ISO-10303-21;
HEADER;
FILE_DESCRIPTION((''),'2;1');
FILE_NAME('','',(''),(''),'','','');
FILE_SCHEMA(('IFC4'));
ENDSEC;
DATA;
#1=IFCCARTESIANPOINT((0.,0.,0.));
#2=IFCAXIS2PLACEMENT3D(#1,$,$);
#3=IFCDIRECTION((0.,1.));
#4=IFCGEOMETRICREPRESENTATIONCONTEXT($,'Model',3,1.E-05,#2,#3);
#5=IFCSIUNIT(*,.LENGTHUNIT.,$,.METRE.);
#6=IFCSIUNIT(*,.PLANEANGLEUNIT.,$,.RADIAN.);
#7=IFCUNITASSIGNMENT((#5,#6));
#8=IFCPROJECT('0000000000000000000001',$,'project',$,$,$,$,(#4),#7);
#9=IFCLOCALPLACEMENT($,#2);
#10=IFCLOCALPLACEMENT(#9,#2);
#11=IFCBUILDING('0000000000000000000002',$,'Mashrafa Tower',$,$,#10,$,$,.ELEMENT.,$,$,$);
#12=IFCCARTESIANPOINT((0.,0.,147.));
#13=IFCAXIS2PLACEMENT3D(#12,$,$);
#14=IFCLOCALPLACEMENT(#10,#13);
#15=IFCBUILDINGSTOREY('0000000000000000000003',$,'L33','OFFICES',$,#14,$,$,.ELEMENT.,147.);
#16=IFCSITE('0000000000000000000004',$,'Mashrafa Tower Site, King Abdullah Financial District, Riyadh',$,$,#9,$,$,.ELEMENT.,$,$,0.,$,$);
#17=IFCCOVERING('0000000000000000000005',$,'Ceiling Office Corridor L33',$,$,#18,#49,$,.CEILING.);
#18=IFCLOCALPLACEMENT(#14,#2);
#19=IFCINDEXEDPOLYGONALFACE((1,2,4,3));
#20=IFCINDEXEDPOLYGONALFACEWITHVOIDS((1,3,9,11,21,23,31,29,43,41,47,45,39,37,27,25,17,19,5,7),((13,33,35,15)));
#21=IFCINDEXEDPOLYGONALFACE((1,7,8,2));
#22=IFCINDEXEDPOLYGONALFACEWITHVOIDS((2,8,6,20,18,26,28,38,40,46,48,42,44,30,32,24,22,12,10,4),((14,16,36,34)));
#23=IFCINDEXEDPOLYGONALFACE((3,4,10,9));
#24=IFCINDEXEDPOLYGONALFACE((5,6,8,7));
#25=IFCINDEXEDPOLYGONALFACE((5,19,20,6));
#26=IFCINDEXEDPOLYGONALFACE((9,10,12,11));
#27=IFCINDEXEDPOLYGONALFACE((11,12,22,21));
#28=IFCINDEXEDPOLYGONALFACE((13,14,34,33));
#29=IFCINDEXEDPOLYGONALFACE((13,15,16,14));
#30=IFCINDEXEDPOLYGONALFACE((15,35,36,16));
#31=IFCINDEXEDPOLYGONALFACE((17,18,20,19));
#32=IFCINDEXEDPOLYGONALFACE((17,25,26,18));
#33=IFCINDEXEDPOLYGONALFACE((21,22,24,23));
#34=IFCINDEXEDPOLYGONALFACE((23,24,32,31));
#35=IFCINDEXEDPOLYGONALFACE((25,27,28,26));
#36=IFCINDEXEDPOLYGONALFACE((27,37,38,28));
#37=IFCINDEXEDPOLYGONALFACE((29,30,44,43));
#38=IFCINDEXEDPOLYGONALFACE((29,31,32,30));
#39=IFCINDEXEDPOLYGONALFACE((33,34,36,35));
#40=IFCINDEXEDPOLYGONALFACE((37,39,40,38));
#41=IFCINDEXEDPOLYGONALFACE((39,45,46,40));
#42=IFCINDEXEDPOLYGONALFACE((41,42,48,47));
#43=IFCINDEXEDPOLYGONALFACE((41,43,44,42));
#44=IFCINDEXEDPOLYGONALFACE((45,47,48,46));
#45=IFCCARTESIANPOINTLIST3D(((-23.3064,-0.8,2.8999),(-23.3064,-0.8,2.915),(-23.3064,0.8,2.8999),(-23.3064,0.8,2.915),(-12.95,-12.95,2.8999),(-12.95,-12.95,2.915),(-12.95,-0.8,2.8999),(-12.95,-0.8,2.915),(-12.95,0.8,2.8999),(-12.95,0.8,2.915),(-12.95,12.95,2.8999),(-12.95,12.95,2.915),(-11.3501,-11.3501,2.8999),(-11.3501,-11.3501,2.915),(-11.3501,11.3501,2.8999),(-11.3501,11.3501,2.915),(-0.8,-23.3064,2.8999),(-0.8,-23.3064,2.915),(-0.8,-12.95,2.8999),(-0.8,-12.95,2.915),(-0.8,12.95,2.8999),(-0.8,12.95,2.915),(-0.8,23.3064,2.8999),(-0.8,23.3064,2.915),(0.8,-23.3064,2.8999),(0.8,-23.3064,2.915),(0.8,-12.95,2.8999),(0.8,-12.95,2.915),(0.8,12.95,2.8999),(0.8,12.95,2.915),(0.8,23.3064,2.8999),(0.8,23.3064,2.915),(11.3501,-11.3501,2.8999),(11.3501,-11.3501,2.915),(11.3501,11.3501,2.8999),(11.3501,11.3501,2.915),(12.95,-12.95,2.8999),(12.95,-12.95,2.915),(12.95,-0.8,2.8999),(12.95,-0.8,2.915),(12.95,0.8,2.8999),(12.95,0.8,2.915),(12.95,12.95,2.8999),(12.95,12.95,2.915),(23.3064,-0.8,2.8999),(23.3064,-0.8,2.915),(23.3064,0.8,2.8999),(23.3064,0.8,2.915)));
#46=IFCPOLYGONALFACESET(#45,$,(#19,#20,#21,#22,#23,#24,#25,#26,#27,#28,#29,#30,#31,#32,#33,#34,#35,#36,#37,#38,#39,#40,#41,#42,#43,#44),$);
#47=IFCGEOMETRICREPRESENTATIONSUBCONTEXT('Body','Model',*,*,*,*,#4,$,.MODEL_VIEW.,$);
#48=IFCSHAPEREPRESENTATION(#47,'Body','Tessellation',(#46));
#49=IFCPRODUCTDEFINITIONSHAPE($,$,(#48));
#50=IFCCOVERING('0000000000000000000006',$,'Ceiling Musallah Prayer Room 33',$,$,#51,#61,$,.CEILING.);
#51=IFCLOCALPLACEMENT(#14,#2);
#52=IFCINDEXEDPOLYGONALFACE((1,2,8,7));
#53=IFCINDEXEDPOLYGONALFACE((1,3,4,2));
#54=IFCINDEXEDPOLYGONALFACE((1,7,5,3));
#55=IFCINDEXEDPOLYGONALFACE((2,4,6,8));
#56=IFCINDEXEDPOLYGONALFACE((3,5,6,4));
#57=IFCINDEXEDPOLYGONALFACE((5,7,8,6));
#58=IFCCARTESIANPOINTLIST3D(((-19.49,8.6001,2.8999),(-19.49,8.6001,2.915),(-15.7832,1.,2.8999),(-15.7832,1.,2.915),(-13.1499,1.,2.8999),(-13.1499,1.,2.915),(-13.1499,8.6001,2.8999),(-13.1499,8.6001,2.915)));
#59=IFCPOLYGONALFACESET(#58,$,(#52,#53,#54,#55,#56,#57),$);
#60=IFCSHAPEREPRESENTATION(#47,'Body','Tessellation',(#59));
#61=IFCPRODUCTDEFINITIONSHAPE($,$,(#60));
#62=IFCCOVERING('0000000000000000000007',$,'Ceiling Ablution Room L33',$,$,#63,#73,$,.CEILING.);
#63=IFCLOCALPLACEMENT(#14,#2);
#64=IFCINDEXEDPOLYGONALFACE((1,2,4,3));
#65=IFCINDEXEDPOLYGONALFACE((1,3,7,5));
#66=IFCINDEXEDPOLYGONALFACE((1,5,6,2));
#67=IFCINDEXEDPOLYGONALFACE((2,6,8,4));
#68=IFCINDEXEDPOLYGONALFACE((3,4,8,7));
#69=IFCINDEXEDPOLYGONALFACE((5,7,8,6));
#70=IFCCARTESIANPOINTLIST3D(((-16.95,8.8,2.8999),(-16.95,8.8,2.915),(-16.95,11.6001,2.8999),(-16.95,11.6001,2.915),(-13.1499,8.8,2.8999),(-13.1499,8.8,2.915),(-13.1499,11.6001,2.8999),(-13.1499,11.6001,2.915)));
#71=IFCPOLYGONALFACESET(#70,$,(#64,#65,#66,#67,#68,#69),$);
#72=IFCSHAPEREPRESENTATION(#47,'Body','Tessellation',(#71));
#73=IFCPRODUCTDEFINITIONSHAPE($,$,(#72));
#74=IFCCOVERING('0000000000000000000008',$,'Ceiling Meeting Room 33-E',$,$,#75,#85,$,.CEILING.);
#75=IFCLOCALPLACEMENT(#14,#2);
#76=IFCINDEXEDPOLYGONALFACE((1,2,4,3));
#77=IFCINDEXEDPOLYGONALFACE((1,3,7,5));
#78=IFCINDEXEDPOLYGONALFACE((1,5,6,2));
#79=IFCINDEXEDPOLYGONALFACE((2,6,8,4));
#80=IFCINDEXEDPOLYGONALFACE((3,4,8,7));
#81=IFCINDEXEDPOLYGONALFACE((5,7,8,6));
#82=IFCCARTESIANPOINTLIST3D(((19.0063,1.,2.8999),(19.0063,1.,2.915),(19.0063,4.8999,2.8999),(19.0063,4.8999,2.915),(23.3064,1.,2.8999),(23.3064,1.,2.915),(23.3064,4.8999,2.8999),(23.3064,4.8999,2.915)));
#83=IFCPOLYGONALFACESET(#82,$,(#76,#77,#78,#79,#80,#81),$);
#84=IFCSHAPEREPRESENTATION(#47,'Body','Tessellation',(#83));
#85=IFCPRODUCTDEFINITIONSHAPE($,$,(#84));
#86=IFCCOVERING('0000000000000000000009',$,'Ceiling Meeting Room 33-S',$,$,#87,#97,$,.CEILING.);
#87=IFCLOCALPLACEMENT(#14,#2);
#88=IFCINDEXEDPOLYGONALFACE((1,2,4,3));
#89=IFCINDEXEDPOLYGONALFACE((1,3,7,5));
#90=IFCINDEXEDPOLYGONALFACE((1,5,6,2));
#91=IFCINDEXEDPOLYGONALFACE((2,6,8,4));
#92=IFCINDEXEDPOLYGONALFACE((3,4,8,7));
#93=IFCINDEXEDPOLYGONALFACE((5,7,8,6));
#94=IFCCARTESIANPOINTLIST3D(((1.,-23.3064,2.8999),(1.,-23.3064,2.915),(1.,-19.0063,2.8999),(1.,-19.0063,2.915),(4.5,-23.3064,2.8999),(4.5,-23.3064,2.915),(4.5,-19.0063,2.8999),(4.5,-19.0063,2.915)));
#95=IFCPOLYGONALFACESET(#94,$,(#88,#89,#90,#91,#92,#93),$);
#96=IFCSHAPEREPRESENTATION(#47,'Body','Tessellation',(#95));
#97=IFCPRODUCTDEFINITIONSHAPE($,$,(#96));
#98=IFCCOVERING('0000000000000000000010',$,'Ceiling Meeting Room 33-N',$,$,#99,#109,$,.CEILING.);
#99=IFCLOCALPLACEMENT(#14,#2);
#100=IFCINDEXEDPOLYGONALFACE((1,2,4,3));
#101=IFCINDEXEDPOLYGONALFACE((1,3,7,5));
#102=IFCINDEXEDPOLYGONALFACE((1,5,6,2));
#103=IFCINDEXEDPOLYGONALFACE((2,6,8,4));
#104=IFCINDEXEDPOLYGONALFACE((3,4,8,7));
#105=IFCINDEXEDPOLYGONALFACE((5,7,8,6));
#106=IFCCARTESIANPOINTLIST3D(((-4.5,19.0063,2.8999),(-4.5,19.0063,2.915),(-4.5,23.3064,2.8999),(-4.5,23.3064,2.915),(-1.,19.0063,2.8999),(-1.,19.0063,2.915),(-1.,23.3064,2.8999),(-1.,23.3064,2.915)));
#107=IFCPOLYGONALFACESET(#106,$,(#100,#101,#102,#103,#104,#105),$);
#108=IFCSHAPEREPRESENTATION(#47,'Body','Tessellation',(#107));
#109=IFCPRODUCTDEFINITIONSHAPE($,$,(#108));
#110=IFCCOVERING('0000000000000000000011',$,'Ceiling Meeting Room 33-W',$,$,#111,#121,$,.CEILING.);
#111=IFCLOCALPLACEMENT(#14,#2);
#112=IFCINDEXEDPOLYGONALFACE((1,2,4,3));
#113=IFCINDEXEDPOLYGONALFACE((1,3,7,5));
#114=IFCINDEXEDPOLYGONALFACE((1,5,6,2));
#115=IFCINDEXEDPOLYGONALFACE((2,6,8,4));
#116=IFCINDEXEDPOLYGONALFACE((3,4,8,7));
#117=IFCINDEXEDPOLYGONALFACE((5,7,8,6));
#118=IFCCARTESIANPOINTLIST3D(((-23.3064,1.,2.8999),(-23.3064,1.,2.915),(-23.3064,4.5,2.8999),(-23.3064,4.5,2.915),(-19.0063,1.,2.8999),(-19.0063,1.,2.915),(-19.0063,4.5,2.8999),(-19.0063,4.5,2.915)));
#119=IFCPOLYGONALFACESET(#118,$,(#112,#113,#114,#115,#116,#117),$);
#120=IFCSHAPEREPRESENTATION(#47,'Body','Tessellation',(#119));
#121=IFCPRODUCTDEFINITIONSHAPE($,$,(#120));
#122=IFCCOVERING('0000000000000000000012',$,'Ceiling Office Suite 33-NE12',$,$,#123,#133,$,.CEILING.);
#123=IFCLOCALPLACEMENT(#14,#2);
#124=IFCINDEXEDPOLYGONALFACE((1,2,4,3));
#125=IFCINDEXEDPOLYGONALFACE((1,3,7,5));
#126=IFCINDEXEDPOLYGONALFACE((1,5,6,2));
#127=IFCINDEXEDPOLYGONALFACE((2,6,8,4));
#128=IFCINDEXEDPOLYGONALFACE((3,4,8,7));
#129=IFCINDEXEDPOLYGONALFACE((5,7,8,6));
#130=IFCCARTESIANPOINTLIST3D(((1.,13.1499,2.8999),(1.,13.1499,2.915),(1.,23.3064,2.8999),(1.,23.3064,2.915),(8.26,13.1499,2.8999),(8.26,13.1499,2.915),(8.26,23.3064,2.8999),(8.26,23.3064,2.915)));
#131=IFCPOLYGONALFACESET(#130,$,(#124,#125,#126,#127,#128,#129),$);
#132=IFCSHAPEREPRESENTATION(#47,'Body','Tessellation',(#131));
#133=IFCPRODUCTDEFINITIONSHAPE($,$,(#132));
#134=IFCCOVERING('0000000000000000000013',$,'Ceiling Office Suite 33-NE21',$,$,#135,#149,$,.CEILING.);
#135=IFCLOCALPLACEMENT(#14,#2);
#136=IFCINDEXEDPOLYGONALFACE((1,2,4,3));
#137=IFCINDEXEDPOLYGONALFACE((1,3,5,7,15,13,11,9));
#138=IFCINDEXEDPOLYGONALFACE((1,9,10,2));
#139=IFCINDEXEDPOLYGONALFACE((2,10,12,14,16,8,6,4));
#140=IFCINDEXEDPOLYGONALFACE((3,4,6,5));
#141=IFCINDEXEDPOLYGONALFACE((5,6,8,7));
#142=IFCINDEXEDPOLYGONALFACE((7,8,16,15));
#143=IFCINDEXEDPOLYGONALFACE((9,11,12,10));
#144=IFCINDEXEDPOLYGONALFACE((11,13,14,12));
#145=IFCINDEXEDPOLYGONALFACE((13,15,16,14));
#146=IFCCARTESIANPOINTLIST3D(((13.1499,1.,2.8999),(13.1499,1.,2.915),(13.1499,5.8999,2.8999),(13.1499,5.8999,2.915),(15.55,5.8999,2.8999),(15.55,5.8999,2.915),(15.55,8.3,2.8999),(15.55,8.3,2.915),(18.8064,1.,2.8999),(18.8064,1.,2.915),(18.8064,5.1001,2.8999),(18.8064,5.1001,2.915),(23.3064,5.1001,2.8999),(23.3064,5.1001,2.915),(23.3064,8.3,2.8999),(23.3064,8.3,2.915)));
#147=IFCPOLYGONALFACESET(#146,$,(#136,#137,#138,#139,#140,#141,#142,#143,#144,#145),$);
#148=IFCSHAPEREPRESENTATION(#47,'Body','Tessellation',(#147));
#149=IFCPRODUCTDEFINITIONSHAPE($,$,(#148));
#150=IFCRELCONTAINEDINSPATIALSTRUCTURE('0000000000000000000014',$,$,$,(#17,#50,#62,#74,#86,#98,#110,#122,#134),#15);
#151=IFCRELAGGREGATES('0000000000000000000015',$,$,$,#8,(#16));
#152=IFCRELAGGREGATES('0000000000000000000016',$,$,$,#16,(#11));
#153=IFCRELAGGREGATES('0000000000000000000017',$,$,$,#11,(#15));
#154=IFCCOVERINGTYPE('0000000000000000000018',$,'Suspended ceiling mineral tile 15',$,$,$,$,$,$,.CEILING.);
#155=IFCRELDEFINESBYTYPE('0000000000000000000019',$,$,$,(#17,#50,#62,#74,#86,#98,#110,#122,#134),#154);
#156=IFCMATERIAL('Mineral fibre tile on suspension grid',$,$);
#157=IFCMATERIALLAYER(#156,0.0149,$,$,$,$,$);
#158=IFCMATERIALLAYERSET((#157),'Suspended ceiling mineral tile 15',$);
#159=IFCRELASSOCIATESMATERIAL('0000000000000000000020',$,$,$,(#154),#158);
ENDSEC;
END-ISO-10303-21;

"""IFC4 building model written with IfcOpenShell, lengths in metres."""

from ifc_helpers import new_model, si_unit, direction, frame, origin, place, context, subcontext, project, spatial, polyline, outline, extrude, material, layer, layer_set, type_object, element, save


model = new_model("IFC4")

# Units and contexts
model_context = context("Model", 3, precision=1e-05, world=origin(), true_north=direction((0.0, 1.0)))
body_context = subcontext(model_context, "Body", "Model", "MODEL_VIEW")
ifc_project = project(units=[si_unit("LENGTHUNIT", "METRE"), si_unit("PLANEANGLEUNIT", "RADIAN")], contexts=[model_context])

# Site, building, storey
site_placement = place(None, origin())
site = spatial("IfcSite", under=ifc_project, at=site_placement, Name="Mashrafa Tower Site, King Abdullah Financial District, Riyadh", CompositionType="ELEMENT", RefElevation=0.0)
building_placement = place(site_placement, origin())
building = spatial("IfcBuilding", under=site, at=building_placement, Name="Mashrafa Tower", CompositionType="ELEMENT")
storey_placement = place(building_placement, frame((0.0, 0.0, 147.0)))
storey = spatial("IfcBuildingStorey", under=building, at=storey_placement, Name="L33", Description="OFFICES", CompositionType="ELEMENT", Elevation=147.0)

# Coverings
ifc_material_1 = material(Name="Mineral fibre tile on suspension grid")
ifc_layer_1 = layer(ifc_material_1, 0.0149)
ifc_layer_set_1 = layer_set([ifc_layer_1], Name="Suspended ceiling mineral tile 15")
covering_type_1 = type_object("IfcCoveringType", Name="Suspended ceiling mineral tile 15", PredefinedType="CEILING", material=ifc_layer_set_1)
covering_1_placement = place(storey_placement, frame((0.0, 0.0, 2.8999)))
element("IfcCovering", 1, at=covering_1_placement, inside=storey, type_object=covering_type_1, Name="Ceiling Office Corridor L33", PredefinedType="CEILING", context=body_context, shape_type="SweptSolid", body=[
    extrude(outline(polyline([(-12.95, -12.95), (-12.95, -0.8), (-23.3064, -0.8), (-23.3064, 0.8), (-12.95, 0.8), (-12.95, 12.95), (-0.8, 12.95), (-0.8, 23.3064), (0.8, 23.3064), (0.8, 12.95), (12.95, 12.95), (12.95, 0.8), (23.3064, 0.8), (23.3064, -0.8), (12.95, -0.8), (12.95, -12.95), (0.8, -12.95), (0.8, -23.3064), (-0.8, -23.3064), (-0.8, -12.95), (-12.95, -12.95)]), holes=[polyline([(11.3501, 11.3501), (-11.3501, 11.3501), (-11.3501, -11.3501), (11.3501, -11.3501), (11.3501, 11.3501)])]), origin(), (0.0, 0.0, 1.0), 0.0151),
])
covering_2_placement = place(storey_placement, frame((0.0, 0.0, 2.8999)))
element("IfcCovering", 2, at=covering_2_placement, inside=storey, type_object=covering_type_1, Name="Ceiling Musallah Prayer Room 33", PredefinedType="CEILING", context=body_context, shape_type="SweptSolid", body=[
    extrude(outline(polyline([(-15.7832, 1.0), (-19.49, 8.6001), (-13.1499, 8.6001), (-13.1499, 1.0), (-15.7832, 1.0)])), origin(), (0.0, 0.0, 1.0), 0.0151),
])
covering_3_placement = place(storey_placement, frame((0.0, 0.0, 2.8999)))
element("IfcCovering", 3, at=covering_3_placement, inside=storey, type_object=covering_type_1, Name="Ceiling Ablution Room L33", PredefinedType="CEILING", context=body_context, shape_type="SweptSolid", body=[
    extrude(outline(polyline([(-16.95, 8.8), (-16.95, 11.6001), (-13.1499, 11.6001), (-13.1499, 8.8), (-16.95, 8.8)])), origin(), (0.0, 0.0, 1.0), 0.0151),
])
covering_4_placement = place(storey_placement, frame((0.0, 0.0, 2.8999)))
element("IfcCovering", 4, at=covering_4_placement, inside=storey, type_object=covering_type_1, Name="Ceiling Meeting Room 33-E", PredefinedType="CEILING", context=body_context, shape_type="SweptSolid", body=[
    extrude(outline(polyline([(19.0063, 4.8999), (23.3064, 4.8999), (23.3064, 1.0), (19.0063, 1.0), (19.0063, 4.8999)])), origin(), (0.0, 0.0, 1.0), 0.0151),
])
covering_5_placement = place(storey_placement, frame((0.0, 0.0, 2.8999)))
element("IfcCovering", 5, at=covering_5_placement, inside=storey, type_object=covering_type_1, Name="Ceiling Meeting Room 33-S", PredefinedType="CEILING", context=body_context, shape_type="SweptSolid", body=[
    extrude(outline(polyline([(1.0, -19.0063), (4.5, -19.0063), (4.5, -23.3064), (1.0, -23.3064), (1.0, -19.0063)])), origin(), (0.0, 0.0, 1.0), 0.0151),
])
covering_6_placement = place(storey_placement, frame((0.0, 0.0, 2.8999)))
element("IfcCovering", 6, at=covering_6_placement, inside=storey, type_object=covering_type_1, Name="Ceiling Meeting Room 33-N", PredefinedType="CEILING", context=body_context, shape_type="SweptSolid", body=[
    extrude(outline(polyline([(-4.5, 23.3064), (-1.0, 23.3064), (-1.0, 19.0063), (-4.5, 19.0063), (-4.5, 23.3064)])), origin(), (0.0, 0.0, 1.0), 0.0151),
])
covering_7_placement = place(storey_placement, frame((0.0, 0.0, 2.8999)))
element("IfcCovering", 7, at=covering_7_placement, inside=storey, type_object=covering_type_1, Name="Ceiling Meeting Room 33-W", PredefinedType="CEILING", context=body_context, shape_type="SweptSolid", body=[
    extrude(outline(polyline([(-19.0063, 4.5), (-19.0063, 1.0), (-23.3064, 1.0), (-23.3064, 4.5), (-19.0063, 4.5)])), origin(), (0.0, 0.0, 1.0), 0.0151),
])
covering_8_placement = place(storey_placement, frame((0.0, 0.0, 2.8999)))
element("IfcCovering", 8, at=covering_8_placement, inside=storey, type_object=covering_type_1, Name="Ceiling Office Suite 33-NE12", PredefinedType="CEILING", context=body_context, shape_type="SweptSolid", body=[
    extrude(outline(polyline([(1.0, 23.3064), (8.26, 23.3064), (8.26, 13.1499), (1.0, 13.1499), (1.0, 23.3064)])), origin(), (0.0, 0.0, 1.0), 0.0151),
])
covering_9_placement = place(storey_placement, frame((0.0, 0.0, 2.8999)))
element("IfcCovering", 9, at=covering_9_placement, inside=storey, type_object=covering_type_1, Name="Ceiling Office Suite 33-NE21", PredefinedType="CEILING", context=body_context, shape_type="SweptSolid", body=[
    extrude(outline(polyline([(15.55, 8.3), (23.3064, 8.3), (23.3064, 5.1001), (18.8064, 5.1001), (18.8064, 1.0), (13.1499, 1.0), (13.1499, 5.8999), (15.55, 5.8999), (15.55, 8.3)])), origin(), (0.0, 0.0, 1.0), 0.0151),
])

save(model, "model.ifc")
